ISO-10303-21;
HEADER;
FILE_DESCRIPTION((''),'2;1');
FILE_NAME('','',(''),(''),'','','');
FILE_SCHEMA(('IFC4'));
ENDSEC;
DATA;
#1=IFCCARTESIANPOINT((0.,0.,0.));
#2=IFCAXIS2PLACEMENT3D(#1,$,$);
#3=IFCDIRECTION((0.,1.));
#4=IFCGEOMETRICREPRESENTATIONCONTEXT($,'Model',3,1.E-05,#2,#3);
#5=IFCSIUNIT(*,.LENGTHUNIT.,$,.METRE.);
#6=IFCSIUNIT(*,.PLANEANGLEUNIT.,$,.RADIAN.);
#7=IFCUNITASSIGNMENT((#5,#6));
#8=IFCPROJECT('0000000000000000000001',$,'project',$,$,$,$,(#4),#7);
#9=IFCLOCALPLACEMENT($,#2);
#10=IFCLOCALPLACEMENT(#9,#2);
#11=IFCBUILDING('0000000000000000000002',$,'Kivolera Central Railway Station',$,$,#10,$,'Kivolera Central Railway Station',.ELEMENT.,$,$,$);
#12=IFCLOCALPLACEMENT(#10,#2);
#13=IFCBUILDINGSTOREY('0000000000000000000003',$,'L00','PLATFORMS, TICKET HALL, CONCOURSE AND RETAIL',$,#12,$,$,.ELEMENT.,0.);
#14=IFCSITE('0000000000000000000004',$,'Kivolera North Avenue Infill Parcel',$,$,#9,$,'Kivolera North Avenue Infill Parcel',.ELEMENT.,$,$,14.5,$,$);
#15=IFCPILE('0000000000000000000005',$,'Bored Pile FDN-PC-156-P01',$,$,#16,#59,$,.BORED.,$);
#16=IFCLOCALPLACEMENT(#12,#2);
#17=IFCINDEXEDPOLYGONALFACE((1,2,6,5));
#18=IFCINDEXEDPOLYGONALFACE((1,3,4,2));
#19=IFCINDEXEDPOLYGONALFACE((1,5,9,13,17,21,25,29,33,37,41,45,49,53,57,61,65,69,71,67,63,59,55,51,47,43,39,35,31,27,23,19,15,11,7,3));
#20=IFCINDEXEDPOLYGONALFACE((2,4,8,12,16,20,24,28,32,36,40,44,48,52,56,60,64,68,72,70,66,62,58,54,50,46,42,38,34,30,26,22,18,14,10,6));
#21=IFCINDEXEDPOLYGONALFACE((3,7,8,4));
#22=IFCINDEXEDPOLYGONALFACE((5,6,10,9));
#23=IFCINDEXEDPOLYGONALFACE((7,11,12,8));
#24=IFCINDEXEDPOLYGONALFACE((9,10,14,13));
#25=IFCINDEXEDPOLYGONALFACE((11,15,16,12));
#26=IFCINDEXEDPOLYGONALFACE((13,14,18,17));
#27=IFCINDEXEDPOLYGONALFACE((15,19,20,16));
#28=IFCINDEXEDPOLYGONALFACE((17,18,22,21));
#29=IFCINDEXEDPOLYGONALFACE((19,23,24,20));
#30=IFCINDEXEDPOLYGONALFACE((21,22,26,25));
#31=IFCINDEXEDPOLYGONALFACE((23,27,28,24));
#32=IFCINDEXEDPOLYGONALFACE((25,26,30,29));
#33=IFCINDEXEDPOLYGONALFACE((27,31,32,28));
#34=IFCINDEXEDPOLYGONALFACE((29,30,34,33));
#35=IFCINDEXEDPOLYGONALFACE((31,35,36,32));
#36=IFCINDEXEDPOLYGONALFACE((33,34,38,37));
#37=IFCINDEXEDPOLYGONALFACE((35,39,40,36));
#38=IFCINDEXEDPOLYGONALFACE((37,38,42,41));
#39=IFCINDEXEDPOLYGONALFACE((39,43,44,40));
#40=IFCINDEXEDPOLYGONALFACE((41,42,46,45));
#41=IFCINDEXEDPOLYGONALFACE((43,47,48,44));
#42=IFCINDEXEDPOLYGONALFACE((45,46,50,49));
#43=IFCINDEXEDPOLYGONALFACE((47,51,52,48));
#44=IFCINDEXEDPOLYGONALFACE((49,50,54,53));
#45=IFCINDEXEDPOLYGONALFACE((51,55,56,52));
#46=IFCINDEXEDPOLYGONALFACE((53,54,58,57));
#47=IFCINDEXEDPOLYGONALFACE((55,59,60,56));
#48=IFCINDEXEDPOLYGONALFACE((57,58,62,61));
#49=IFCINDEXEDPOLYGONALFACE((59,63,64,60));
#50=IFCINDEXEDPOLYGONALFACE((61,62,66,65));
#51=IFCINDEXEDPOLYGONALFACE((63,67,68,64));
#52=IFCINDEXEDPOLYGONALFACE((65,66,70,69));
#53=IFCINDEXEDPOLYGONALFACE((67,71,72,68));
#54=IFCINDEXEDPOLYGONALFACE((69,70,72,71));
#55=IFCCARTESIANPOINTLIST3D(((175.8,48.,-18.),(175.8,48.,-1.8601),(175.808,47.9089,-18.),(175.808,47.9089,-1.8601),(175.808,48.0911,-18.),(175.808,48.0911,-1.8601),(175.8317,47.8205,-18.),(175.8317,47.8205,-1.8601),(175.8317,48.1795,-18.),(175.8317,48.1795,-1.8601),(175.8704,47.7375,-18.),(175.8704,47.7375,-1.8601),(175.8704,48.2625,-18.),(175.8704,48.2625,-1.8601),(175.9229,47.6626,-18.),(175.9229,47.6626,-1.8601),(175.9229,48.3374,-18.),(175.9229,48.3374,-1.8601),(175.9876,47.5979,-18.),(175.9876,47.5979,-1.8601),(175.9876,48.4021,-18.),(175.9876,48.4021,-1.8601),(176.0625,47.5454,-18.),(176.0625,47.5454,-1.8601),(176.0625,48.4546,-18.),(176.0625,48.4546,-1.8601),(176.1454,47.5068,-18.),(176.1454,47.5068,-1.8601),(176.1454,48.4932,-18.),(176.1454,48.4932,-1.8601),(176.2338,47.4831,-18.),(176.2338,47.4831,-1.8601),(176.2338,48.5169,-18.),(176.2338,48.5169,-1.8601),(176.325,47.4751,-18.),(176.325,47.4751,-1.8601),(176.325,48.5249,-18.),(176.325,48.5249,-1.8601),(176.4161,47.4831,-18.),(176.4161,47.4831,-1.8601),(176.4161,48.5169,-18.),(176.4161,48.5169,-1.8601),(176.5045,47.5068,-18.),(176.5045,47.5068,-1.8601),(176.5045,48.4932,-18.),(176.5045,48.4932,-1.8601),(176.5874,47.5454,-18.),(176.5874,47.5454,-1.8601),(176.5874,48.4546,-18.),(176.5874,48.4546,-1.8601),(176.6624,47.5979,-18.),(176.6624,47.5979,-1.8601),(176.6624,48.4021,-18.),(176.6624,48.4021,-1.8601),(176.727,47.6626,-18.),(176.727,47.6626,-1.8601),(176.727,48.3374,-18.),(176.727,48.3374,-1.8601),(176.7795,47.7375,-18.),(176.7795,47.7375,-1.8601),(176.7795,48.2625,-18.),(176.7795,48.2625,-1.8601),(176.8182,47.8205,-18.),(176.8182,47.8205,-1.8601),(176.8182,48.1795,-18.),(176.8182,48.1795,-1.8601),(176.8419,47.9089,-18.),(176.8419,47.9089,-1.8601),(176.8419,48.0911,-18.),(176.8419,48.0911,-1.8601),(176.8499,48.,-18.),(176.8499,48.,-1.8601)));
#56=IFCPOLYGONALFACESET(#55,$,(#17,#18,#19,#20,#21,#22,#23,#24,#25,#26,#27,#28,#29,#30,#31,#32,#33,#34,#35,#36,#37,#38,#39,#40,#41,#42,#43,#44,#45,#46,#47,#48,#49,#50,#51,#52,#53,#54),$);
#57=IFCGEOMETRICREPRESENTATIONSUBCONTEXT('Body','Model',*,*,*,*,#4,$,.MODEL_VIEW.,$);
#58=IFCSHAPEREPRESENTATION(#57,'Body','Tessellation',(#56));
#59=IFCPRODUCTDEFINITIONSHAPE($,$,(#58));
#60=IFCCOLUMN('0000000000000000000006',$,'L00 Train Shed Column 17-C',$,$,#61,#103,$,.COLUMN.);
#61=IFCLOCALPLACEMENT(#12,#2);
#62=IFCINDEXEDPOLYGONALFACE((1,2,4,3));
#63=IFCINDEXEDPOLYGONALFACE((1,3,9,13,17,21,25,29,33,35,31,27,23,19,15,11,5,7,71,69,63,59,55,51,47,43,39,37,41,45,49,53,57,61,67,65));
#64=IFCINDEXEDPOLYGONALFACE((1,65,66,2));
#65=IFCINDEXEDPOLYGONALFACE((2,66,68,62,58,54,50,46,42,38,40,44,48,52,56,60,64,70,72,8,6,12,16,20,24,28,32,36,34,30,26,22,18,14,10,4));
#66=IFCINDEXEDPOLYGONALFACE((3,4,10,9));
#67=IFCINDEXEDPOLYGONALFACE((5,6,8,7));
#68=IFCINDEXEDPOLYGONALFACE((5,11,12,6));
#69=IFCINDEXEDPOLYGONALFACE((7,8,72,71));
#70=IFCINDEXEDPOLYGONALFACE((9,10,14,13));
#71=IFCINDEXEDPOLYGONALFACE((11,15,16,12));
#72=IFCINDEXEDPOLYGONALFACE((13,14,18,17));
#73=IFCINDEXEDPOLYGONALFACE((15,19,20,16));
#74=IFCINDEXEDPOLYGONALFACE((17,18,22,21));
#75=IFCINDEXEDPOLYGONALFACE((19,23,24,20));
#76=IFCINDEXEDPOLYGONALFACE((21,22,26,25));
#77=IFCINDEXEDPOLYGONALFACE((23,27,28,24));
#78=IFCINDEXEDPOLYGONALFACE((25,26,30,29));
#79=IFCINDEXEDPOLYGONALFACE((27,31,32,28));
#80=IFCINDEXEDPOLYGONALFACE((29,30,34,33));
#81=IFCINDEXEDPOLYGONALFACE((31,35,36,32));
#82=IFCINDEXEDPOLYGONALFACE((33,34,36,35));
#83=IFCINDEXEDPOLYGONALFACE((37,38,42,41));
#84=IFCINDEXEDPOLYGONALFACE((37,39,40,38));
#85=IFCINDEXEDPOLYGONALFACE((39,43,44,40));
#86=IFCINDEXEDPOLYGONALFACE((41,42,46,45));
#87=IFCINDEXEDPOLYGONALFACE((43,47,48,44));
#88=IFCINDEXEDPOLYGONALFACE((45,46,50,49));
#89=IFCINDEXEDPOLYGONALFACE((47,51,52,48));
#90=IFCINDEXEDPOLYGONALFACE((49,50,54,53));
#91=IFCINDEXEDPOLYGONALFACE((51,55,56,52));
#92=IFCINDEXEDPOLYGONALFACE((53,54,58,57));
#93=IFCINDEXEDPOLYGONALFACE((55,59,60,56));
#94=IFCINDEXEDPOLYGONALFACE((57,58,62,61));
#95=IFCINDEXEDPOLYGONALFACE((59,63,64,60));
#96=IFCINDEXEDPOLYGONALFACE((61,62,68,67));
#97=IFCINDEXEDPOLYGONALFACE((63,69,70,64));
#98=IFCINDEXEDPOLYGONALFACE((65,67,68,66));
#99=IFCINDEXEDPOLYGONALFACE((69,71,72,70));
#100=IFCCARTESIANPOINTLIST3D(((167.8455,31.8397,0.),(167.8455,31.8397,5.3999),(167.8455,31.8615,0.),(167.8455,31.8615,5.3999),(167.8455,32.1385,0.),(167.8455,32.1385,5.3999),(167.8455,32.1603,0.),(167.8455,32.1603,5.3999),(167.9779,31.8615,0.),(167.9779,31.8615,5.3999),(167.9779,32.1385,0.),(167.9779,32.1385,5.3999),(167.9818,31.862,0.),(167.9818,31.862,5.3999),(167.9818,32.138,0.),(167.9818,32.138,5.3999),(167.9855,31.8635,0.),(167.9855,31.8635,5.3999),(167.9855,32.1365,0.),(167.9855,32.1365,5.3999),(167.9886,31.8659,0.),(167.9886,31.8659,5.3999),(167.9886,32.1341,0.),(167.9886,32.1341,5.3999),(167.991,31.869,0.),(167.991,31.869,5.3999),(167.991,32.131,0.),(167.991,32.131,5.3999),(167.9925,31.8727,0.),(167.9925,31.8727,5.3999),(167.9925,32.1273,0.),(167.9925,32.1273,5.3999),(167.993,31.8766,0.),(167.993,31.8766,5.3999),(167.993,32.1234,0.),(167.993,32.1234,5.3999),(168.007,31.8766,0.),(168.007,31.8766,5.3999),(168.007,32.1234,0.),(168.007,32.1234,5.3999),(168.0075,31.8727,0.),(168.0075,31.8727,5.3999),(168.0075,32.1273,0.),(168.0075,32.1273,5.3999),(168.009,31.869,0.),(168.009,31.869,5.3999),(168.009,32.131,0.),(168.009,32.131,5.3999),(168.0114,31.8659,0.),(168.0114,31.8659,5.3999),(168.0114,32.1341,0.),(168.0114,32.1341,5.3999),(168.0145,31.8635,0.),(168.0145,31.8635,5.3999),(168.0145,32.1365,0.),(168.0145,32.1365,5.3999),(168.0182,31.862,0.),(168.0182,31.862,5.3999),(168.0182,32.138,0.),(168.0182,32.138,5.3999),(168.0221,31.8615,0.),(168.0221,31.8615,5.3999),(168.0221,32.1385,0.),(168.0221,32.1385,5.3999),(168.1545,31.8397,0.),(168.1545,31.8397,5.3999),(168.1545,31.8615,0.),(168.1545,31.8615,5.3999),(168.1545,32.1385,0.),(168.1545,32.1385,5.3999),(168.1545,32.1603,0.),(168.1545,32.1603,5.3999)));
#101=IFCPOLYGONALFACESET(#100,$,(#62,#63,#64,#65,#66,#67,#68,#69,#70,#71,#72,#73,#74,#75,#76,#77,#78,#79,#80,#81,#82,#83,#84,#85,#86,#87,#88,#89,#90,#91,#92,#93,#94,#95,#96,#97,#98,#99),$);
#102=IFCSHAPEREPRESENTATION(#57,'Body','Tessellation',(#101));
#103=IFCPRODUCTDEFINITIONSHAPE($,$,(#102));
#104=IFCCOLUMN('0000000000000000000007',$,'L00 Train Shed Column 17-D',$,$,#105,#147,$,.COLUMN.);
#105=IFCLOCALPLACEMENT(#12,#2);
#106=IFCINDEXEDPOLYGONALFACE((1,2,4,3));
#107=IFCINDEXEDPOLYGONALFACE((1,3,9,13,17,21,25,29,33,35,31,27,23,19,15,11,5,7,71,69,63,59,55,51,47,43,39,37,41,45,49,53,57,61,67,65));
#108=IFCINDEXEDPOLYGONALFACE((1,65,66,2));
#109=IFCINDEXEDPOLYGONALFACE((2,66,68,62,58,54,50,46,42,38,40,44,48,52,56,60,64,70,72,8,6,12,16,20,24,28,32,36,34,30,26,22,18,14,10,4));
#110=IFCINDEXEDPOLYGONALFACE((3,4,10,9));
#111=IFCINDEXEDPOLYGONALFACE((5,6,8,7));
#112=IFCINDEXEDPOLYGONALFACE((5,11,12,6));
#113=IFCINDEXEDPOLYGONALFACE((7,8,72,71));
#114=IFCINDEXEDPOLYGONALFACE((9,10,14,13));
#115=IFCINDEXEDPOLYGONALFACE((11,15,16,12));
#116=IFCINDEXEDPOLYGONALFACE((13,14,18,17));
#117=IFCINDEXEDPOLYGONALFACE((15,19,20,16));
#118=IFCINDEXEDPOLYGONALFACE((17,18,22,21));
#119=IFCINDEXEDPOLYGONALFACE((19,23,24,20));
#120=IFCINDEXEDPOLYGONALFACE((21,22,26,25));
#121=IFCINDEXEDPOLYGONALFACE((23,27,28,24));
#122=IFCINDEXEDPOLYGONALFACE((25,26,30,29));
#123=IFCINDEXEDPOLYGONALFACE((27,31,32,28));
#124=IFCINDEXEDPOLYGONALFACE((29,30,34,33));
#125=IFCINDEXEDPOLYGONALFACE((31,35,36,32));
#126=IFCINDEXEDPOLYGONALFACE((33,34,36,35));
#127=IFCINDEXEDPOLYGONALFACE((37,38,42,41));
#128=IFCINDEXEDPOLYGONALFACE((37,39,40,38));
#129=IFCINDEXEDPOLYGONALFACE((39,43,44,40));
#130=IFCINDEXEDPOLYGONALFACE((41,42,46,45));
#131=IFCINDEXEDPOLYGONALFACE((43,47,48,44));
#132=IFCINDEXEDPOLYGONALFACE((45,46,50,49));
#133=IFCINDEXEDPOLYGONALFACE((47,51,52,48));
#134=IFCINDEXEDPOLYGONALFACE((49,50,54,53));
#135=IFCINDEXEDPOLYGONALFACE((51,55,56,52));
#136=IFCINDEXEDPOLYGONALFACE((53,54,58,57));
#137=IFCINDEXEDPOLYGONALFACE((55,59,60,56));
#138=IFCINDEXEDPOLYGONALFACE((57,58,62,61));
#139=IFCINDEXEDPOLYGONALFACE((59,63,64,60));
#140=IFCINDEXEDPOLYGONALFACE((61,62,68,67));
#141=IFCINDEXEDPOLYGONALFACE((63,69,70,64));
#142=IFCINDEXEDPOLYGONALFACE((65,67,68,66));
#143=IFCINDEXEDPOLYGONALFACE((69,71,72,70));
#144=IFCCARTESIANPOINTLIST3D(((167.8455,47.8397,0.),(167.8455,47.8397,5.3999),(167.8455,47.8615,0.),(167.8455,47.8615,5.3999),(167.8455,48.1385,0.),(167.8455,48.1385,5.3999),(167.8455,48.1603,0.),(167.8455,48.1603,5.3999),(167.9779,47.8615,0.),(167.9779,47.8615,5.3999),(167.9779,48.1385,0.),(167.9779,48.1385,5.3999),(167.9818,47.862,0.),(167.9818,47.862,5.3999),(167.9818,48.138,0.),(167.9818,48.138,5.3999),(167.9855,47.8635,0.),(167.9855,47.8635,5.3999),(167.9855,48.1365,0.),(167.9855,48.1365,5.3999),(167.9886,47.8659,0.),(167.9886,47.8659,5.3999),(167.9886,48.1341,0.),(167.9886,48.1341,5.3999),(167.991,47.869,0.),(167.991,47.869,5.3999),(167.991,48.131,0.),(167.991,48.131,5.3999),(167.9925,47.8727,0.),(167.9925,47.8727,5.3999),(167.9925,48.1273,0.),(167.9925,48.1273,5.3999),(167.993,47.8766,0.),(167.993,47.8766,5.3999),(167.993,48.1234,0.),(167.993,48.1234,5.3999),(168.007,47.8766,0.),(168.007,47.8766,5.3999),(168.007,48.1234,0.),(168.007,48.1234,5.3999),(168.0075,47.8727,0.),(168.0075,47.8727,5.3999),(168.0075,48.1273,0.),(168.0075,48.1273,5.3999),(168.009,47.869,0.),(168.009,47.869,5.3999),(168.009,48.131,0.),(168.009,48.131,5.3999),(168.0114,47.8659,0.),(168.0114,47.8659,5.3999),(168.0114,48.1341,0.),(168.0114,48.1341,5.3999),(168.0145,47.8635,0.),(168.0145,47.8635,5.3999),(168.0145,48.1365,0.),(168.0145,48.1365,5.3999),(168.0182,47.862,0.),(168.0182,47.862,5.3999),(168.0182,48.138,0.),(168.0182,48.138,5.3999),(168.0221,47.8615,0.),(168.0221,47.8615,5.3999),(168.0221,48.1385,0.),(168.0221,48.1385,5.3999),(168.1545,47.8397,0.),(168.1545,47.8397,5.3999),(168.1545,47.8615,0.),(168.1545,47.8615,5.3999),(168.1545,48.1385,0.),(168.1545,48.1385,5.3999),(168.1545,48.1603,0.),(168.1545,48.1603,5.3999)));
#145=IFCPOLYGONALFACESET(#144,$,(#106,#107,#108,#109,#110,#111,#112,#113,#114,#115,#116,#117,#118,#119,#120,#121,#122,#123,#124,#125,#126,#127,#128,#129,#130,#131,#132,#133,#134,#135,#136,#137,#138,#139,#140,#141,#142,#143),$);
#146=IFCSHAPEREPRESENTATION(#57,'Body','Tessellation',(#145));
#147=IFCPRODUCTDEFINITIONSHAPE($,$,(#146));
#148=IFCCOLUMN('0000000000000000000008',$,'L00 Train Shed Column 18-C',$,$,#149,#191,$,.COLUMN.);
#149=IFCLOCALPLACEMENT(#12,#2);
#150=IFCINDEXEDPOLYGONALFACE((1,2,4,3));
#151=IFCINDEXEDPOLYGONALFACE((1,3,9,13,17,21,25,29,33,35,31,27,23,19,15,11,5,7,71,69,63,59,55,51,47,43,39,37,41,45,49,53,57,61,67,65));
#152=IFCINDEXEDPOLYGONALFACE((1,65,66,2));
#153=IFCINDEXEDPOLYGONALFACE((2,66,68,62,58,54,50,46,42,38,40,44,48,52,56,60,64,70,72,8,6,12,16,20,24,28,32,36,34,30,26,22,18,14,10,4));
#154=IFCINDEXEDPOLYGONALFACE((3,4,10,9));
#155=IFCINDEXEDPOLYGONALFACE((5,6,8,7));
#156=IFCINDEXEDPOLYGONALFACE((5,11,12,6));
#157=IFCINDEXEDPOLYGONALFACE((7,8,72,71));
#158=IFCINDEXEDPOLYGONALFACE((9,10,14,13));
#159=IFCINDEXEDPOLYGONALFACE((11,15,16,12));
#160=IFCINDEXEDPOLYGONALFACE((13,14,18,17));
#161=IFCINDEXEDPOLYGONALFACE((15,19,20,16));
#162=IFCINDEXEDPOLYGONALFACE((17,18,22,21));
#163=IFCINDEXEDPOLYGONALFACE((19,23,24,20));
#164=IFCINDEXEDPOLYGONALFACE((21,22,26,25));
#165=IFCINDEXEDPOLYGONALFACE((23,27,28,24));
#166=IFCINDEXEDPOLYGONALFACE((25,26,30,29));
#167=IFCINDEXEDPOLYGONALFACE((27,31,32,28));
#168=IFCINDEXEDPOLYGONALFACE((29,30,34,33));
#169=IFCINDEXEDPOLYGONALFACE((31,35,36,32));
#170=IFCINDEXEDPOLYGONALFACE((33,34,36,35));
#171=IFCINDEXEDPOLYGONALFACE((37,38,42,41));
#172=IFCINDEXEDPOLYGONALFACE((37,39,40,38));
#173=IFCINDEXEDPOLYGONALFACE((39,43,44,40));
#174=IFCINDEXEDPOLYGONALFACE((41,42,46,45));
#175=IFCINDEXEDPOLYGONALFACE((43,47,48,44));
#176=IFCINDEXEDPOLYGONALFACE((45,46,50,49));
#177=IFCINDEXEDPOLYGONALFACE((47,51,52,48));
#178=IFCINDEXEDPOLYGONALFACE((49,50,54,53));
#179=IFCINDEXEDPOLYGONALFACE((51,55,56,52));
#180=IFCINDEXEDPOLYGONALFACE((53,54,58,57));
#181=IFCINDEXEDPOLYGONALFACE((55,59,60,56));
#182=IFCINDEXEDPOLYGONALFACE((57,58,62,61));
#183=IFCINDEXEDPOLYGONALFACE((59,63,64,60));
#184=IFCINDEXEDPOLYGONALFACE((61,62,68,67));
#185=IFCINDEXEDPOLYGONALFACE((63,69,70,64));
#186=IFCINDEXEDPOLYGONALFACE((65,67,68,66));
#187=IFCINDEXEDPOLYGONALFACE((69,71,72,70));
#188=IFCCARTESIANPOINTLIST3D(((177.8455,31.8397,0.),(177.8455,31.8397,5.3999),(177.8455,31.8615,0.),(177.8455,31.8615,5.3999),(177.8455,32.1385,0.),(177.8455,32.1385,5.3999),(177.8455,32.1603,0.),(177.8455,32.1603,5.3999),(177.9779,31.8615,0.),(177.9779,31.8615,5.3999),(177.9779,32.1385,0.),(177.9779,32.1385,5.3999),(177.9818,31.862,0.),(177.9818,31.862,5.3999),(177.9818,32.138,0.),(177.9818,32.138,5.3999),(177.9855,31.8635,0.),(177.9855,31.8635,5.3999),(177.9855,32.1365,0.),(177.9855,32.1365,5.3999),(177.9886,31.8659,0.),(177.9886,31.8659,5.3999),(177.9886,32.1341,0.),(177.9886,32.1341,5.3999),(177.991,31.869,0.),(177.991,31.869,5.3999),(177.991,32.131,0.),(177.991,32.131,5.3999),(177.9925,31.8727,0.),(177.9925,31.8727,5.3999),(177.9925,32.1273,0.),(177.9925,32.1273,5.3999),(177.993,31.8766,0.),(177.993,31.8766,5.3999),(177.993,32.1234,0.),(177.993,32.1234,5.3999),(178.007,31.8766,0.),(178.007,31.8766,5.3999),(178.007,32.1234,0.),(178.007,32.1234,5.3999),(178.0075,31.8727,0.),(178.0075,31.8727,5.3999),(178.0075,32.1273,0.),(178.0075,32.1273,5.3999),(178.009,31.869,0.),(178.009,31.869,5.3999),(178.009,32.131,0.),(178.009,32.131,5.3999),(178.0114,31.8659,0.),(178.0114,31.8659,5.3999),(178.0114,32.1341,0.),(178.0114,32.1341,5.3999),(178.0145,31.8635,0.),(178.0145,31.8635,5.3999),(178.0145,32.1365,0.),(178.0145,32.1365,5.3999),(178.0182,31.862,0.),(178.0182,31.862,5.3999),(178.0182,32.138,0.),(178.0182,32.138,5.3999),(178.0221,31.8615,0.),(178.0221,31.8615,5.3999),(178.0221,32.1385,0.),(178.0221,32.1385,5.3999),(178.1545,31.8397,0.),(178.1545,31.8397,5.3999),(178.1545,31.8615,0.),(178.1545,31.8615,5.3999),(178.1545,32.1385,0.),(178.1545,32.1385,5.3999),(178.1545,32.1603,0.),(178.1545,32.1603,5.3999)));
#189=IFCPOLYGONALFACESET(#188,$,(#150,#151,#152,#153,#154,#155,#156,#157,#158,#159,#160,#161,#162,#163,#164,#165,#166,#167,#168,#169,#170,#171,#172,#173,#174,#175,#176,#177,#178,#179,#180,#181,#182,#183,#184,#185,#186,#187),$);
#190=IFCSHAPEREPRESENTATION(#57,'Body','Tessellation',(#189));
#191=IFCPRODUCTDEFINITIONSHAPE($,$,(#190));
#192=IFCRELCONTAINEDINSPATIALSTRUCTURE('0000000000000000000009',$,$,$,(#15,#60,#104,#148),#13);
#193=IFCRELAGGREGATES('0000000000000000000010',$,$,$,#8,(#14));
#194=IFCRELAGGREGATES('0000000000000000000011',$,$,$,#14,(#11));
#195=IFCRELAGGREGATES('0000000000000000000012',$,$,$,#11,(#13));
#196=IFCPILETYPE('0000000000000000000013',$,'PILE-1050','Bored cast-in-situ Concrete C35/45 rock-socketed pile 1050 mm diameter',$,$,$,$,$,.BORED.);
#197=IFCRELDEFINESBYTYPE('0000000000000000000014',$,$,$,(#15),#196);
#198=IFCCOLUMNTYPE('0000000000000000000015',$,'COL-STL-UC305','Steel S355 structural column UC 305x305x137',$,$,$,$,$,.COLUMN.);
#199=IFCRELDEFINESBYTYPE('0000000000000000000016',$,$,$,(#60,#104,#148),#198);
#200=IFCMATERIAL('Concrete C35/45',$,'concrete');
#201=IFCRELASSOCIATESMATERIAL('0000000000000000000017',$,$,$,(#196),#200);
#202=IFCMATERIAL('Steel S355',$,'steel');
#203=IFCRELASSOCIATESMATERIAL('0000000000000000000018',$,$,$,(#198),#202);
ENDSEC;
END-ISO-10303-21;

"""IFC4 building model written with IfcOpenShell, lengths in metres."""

from ifc_helpers import new_model, si_unit, direction, frame, origin, origin_2d, place, context, subcontext, project, spatial, circle, i_section, extrude, material, material_profile, profile_set, type_object, element, save


model = new_model("IFC4")

# Units and contexts
model_context = context("Model", 3, precision=1e-05, world=origin(), true_north=direction((0.0, 1.0)))
body_context = subcontext(model_context, "Body", "Model", "MODEL_VIEW")
ifc_project = project(units=[si_unit("LENGTHUNIT", "METRE"), si_unit("PLANEANGLEUNIT", "RADIAN")], contexts=[model_context])

# Site, building, storey
site_placement = place(None, origin())
site = spatial("IfcSite", under=ifc_project, at=site_placement, Name="Kivolera North Avenue Infill Parcel", LongName="Kivolera North Avenue Infill Parcel", CompositionType="ELEMENT", RefElevation=14.5)
building_placement = place(site_placement, origin())
building = spatial("IfcBuilding", under=site, at=building_placement, Name="Kivolera Central Railway Station", LongName="Kivolera Central Railway Station", CompositionType="ELEMENT")
storey_placement = place(building_placement, origin())
storey = spatial("IfcBuildingStorey", under=building, at=storey_placement, Name="L00", Description="PLATFORMS, TICKET HALL, CONCOURSE AND RETAIL", CompositionType="ELEMENT", Elevation=0.0)

# Shared definitions
ifc_material_1 = material(Name="Concrete C35/45", Category="concrete")

# Pile
ifc_material_profile_1 = material_profile(ifc_material_1, circle(Radius=0.5249, at=origin_2d()), Name="PILE D1050")
ifc_profile_set_1 = profile_set([ifc_material_profile_1], Name="Concrete C35/45")
pile_type = type_object("IfcPileType", Name="PILE-1050", Description="Bored cast-in-situ Concrete C35/45 rock-socketed pile 1050 mm diameter", PredefinedType="BORED", material=ifc_profile_set_1)
for number, where, z_axis, x_axis, name in (
    (1, (176.325, 48.0, -1.8601), (0.0, 0.0, -1.0), (1.0, 0.0, 0.0), "Bored Pile FDN-PC-156-P01"),
):
    element("IfcPile", number, at=place(storey_placement, frame(where, z_axis=z_axis, x_axis=x_axis)), inside=storey, type_object=pile_type, Name=name, PredefinedType="BORED", context=body_context, shape_type="SweptSolid", body=[
        extrude(circle(Radius=0.5249, at=origin_2d()), origin(), (0.0, 0.0, 1.0), 16.1399),
    ])

# Columns
ifc_material_2 = material(Name="Steel S355", Category="steel")
ifc_material_profile_2 = material_profile(ifc_material_2, i_section(OverallWidth=0.3091, OverallDepth=0.3206, WebThickness=0.0139, FlangeThickness=0.0217, FilletRadius=0.0151, at=origin_2d()), Name="UC 305x305x137")
ifc_profile_set_2 = profile_set([ifc_material_profile_2], Name="Steel S355")
column_type = type_object("IfcColumnType", Name="COL-STL-UC305", Description="Steel S355 structural column UC 305x305x137", PredefinedType="COLUMN", material=ifc_profile_set_2)
for number, where, z_axis, x_axis, name in (
    (2, (168.0, 32.0, 0.0), (0.0, 0.0, 1.0), (1.0, 0.0, 0.0), "L00 Train Shed Column 17-C"),
    (3, (168.0, 48.0, 0.0), (0.0, 0.0, 1.0), (1.0, 0.0, 0.0), "L00 Train Shed Column 17-D"),
    (4, (178.0, 32.0, 0.0), (0.0, 0.0, 1.0), (1.0, 0.0, 0.0), "L00 Train Shed Column 18-C"),
):
    element("IfcColumn", number, at=place(storey_placement, frame(where, z_axis=z_axis, x_axis=x_axis)), inside=storey, type_object=column_type, Name=name, PredefinedType="COLUMN", context=body_context, shape_type="SweptSolid", body=[
        extrude(i_section(OverallWidth=0.3091, OverallDepth=0.3206, WebThickness=0.0139, FlangeThickness=0.0217, FilletRadius=0.0151, at=origin_2d()), origin(), (0.0, 0.0, 1.0), 5.3999),
    ])

save(model, "model.ifc")
